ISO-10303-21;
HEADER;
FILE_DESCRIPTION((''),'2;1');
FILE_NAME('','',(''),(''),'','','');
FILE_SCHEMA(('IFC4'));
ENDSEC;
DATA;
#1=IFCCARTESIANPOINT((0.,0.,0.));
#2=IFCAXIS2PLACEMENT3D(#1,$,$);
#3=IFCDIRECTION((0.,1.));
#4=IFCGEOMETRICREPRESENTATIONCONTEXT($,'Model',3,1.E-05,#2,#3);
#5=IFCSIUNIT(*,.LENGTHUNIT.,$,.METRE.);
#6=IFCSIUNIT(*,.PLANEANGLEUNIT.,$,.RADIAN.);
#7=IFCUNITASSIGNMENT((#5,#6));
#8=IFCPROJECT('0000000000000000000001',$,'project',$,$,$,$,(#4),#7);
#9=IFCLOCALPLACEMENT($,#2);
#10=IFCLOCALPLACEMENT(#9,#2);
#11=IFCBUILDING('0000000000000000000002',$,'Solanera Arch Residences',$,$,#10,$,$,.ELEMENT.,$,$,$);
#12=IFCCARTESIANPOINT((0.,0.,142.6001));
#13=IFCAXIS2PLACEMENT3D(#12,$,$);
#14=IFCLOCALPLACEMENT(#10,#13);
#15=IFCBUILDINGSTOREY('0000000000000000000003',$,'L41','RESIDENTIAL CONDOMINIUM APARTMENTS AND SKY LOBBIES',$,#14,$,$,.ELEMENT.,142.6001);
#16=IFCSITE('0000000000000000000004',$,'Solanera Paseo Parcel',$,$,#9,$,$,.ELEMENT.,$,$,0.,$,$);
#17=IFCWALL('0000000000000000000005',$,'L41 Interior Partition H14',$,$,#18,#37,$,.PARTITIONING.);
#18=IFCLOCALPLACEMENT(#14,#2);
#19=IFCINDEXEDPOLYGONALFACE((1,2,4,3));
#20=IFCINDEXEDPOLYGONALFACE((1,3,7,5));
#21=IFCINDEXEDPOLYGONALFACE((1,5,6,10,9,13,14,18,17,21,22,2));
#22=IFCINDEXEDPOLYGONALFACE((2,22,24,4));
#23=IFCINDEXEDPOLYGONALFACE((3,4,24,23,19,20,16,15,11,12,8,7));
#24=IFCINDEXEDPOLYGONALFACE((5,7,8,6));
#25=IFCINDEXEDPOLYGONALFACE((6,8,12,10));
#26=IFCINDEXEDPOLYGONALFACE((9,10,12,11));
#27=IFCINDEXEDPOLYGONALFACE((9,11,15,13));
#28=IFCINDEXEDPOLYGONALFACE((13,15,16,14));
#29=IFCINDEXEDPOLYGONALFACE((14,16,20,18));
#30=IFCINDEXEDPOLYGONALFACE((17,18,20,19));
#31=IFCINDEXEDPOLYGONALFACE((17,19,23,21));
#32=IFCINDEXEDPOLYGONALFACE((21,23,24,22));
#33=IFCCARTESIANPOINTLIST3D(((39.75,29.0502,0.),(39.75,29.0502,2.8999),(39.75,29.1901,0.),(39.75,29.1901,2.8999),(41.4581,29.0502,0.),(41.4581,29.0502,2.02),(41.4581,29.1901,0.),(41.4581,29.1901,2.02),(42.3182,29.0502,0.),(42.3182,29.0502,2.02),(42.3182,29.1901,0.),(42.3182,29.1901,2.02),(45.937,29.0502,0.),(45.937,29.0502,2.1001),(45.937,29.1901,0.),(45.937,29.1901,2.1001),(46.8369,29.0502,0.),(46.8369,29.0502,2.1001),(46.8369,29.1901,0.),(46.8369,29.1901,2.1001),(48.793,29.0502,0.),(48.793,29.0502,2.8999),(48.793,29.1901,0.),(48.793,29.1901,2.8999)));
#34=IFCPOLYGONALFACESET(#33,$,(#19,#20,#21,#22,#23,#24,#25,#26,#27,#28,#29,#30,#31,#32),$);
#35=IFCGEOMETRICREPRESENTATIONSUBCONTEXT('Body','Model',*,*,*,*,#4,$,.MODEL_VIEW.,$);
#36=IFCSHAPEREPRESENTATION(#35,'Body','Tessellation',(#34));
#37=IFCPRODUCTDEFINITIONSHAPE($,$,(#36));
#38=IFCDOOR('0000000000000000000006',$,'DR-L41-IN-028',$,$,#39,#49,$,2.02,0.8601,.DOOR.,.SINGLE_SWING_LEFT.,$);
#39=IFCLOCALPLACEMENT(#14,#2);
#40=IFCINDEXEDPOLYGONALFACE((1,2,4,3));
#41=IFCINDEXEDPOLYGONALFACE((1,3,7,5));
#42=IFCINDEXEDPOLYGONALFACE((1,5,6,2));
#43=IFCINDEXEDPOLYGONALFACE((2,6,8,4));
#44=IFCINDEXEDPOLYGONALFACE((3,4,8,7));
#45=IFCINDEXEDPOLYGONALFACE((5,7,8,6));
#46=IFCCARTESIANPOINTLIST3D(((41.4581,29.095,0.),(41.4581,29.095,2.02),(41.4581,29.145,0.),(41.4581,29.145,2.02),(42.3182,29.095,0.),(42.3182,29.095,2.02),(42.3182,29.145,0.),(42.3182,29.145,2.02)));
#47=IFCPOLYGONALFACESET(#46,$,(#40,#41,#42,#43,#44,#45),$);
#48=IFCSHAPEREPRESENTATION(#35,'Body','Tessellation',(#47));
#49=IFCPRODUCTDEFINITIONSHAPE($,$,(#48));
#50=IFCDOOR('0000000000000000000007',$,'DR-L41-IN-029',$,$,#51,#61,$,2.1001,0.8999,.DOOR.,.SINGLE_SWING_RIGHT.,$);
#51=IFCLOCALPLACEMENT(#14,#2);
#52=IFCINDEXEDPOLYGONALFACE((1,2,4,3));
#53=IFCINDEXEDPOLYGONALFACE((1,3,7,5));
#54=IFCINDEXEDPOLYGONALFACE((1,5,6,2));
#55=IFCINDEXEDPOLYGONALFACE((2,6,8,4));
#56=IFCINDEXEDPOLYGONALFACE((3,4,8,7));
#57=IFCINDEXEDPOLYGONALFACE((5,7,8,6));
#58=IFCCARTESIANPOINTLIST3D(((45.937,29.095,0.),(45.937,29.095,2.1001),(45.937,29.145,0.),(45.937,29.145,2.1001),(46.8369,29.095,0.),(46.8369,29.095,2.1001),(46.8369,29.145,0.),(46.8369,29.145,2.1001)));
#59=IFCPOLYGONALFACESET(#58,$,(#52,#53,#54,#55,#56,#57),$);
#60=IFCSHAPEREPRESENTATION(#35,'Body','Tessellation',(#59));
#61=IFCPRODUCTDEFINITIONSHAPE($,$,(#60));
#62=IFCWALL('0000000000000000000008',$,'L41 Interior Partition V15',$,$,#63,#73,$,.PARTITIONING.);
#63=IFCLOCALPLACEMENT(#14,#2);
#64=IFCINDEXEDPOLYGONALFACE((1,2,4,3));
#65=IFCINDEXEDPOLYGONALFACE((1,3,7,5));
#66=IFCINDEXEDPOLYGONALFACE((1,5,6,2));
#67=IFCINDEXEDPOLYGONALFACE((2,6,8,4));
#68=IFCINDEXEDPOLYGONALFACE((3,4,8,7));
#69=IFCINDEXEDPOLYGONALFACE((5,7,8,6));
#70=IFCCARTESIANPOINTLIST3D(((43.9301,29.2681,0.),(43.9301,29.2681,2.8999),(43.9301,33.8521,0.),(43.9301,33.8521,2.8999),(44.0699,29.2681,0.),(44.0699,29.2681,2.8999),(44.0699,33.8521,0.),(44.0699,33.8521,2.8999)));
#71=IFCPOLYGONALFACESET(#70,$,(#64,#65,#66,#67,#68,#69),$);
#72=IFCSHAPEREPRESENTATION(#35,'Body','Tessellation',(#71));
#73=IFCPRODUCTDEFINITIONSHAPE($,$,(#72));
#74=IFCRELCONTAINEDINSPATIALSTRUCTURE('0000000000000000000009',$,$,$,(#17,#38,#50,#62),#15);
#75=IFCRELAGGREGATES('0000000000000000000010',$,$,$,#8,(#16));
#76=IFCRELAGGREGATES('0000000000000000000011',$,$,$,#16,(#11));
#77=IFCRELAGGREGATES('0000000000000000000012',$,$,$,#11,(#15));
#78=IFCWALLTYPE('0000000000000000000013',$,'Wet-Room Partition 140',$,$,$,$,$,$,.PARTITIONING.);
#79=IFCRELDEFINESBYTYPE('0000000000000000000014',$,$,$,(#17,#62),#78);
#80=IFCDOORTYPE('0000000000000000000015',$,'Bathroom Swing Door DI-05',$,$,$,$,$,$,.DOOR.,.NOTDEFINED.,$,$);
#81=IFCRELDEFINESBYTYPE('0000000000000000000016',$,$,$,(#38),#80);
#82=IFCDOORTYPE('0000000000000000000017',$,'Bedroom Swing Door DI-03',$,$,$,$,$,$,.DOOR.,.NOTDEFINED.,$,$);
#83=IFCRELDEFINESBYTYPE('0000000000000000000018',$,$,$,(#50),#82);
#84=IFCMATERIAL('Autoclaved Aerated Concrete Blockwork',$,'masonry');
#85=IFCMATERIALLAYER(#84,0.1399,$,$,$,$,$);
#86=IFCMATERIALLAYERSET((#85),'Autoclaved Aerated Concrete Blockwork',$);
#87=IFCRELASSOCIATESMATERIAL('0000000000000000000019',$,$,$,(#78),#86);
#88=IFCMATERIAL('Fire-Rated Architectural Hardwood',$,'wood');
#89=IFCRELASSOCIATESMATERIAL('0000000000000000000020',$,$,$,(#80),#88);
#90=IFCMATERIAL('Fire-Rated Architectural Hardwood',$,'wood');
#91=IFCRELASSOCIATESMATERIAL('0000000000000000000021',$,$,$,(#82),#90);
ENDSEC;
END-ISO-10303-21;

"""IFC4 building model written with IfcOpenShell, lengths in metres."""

from ifc_helpers import new_model, si_unit, direction, frame, frame_2d, origin, place, context, subcontext, project, spatial, rectangle, extrude, material, layer, layer_set, type_object, element, fill, save


model = new_model("IFC4")

# Units and contexts
model_context = context("Model", 3, precision=1e-05, world=origin(), true_north=direction((0.0, 1.0)))
body_context = subcontext(model_context, "Body", "Model", "MODEL_VIEW")
ifc_project = project(units=[si_unit("LENGTHUNIT", "METRE"), si_unit("PLANEANGLEUNIT", "RADIAN")], contexts=[model_context])

# Site, building, storey
site_placement = place(None, origin())
site = spatial("IfcSite", under=ifc_project, at=site_placement, Name="Solanera Paseo Parcel", CompositionType="ELEMENT", RefElevation=0.0)
building_placement = place(site_placement, origin())
building = spatial("IfcBuilding", under=site, at=building_placement, Name="Solanera Arch Residences", CompositionType="ELEMENT")
storey_placement = place(building_placement, frame((0.0, 0.0, 142.6001)))
storey = spatial("IfcBuildingStorey", under=building, at=storey_placement, Name="L41", Description="RESIDENTIAL CONDOMINIUM APARTMENTS AND SKY LOBBIES", CompositionType="ELEMENT", Elevation=142.6001)

# Wall, openings, doors
ifc_material_1 = material(Name="Autoclaved Aerated Concrete Blockwork", Category="masonry")
ifc_layer_1 = layer(ifc_material_1, 0.1399)
ifc_layer_set_1 = layer_set([ifc_layer_1], Name="Autoclaved Aerated Concrete Blockwork")
wall_type_1 = type_object("IfcWallType", Name="Wet-Room Partition 140", PredefinedType="PARTITIONING", material=ifc_layer_set_1)
wall_1_placement = place(storey_placement, frame((39.75, 29.1201, 0.0), z_axis=(0.0, 0.0, 1.0), x_axis=(1.0, 0.0, 0.0)))
wall_1 = element("IfcWall", 1, at=wall_1_placement, inside=storey, type_object=wall_type_1, Name="L41 Interior Partition H14", PredefinedType="PARTITIONING", context=body_context, shape_type="SweptSolid", body=[
    extrude(rectangle(XDim=9.043, YDim=0.1399, at=frame_2d((4.5215, 0.0))), origin(), (0.0, 0.0, 1.0), 2.8999),
])
opening_1_placement = place(wall_1_placement, frame((1.708, 0.0, 0.0)))
opening_1 = element("IfcOpeningElement", 2, at=opening_1_placement, cuts=wall_1, PredefinedType="OPENING", context=body_context, shape_type="SweptSolid", body=[
    extrude(rectangle(XDim=0.8601, YDim=2.02, at=frame_2d((0.4302, 1.01))), frame((0.0, 0.0798, 0.0), z_axis=(0.0, -1.0, 0.0), x_axis=(1.0, 0.0, 0.0)), (0.0, 0.0, 1.0), 0.1599),
])
opening_2_placement = place(wall_1_placement, frame((6.187, 0.0, 0.0)))
opening_2 = element("IfcOpeningElement", 3, at=opening_2_placement, cuts=wall_1, PredefinedType="OPENING", context=body_context, shape_type="SweptSolid", body=[
    extrude(rectangle(XDim=0.8999, YDim=2.1001, at=frame_2d((0.45, 1.05))), frame((0.0, 0.0798, 0.0), z_axis=(0.0, -1.0, 0.0), x_axis=(1.0, 0.0, 0.0)), (0.0, 0.0, 1.0), 0.1599),
])
ifc_material_2 = material(Name="Fire-Rated Architectural Hardwood", Category="wood")
door_type_1 = type_object("IfcDoorType", Name="Bathroom Swing Door DI-05", OperationType="NOTDEFINED", PredefinedType="DOOR", material=ifc_material_2)
door_1_placement = place(opening_1_placement, origin())
door_1 = element("IfcDoor", 4, at=door_1_placement, inside=storey, type_object=door_type_1, Name="DR-L41-IN-028", OperationType="SINGLE_SWING_LEFT", OverallHeight=2.02, OverallWidth=0.8601, PredefinedType="DOOR", context=body_context, shape_type="SweptSolid", body=[
    extrude(rectangle(XDim=0.8601, YDim=2.02, at=frame_2d((0.4302, 1.01))), frame((0.0, 0.0249, 0.0), z_axis=(0.0, -1.0, 0.0), x_axis=(1.0, 0.0, 0.0)), (0.0, 0.0, 1.0), 0.05),
])
fill(opening_1, door_1)
ifc_material_3 = material(Name="Fire-Rated Architectural Hardwood", Category="wood")
door_type_2 = type_object("IfcDoorType", Name="Bedroom Swing Door DI-03", OperationType="NOTDEFINED", PredefinedType="DOOR", material=ifc_material_3)
door_2_placement = place(opening_2_placement, origin())
door_2 = element("IfcDoor", 5, at=door_2_placement, inside=storey, type_object=door_type_2, Name="DR-L41-IN-029", OperationType="SINGLE_SWING_RIGHT", OverallHeight=2.1001, OverallWidth=0.8999, PredefinedType="DOOR", context=body_context, shape_type="SweptSolid", body=[
    extrude(rectangle(XDim=0.8999, YDim=2.1001, at=frame_2d((0.45, 1.05))), frame((0.0, 0.0249, 0.0), z_axis=(0.0, -1.0, 0.0), x_axis=(1.0, 0.0, 0.0)), (0.0, 0.0, 1.0), 0.05),
])
fill(opening_2, door_2)

# Wall
wall_2_placement = place(storey_placement, frame((44.0, 29.2681, 0.0), z_axis=(0.0, 0.0, 1.0), x_axis=(0.0, 1.0, 0.0)))
element("IfcWall", 6, at=wall_2_placement, inside=storey, type_object=wall_type_1, Name="L41 Interior Partition V15", PredefinedType="PARTITIONING", context=body_context, shape_type="SweptSolid", body=[
    extrude(rectangle(XDim=4.584, YDim=0.1399, at=frame_2d((2.292, 0.0))), origin(), (0.0, 0.0, 1.0), 2.8999),
])

save(model, "model.ifc")
